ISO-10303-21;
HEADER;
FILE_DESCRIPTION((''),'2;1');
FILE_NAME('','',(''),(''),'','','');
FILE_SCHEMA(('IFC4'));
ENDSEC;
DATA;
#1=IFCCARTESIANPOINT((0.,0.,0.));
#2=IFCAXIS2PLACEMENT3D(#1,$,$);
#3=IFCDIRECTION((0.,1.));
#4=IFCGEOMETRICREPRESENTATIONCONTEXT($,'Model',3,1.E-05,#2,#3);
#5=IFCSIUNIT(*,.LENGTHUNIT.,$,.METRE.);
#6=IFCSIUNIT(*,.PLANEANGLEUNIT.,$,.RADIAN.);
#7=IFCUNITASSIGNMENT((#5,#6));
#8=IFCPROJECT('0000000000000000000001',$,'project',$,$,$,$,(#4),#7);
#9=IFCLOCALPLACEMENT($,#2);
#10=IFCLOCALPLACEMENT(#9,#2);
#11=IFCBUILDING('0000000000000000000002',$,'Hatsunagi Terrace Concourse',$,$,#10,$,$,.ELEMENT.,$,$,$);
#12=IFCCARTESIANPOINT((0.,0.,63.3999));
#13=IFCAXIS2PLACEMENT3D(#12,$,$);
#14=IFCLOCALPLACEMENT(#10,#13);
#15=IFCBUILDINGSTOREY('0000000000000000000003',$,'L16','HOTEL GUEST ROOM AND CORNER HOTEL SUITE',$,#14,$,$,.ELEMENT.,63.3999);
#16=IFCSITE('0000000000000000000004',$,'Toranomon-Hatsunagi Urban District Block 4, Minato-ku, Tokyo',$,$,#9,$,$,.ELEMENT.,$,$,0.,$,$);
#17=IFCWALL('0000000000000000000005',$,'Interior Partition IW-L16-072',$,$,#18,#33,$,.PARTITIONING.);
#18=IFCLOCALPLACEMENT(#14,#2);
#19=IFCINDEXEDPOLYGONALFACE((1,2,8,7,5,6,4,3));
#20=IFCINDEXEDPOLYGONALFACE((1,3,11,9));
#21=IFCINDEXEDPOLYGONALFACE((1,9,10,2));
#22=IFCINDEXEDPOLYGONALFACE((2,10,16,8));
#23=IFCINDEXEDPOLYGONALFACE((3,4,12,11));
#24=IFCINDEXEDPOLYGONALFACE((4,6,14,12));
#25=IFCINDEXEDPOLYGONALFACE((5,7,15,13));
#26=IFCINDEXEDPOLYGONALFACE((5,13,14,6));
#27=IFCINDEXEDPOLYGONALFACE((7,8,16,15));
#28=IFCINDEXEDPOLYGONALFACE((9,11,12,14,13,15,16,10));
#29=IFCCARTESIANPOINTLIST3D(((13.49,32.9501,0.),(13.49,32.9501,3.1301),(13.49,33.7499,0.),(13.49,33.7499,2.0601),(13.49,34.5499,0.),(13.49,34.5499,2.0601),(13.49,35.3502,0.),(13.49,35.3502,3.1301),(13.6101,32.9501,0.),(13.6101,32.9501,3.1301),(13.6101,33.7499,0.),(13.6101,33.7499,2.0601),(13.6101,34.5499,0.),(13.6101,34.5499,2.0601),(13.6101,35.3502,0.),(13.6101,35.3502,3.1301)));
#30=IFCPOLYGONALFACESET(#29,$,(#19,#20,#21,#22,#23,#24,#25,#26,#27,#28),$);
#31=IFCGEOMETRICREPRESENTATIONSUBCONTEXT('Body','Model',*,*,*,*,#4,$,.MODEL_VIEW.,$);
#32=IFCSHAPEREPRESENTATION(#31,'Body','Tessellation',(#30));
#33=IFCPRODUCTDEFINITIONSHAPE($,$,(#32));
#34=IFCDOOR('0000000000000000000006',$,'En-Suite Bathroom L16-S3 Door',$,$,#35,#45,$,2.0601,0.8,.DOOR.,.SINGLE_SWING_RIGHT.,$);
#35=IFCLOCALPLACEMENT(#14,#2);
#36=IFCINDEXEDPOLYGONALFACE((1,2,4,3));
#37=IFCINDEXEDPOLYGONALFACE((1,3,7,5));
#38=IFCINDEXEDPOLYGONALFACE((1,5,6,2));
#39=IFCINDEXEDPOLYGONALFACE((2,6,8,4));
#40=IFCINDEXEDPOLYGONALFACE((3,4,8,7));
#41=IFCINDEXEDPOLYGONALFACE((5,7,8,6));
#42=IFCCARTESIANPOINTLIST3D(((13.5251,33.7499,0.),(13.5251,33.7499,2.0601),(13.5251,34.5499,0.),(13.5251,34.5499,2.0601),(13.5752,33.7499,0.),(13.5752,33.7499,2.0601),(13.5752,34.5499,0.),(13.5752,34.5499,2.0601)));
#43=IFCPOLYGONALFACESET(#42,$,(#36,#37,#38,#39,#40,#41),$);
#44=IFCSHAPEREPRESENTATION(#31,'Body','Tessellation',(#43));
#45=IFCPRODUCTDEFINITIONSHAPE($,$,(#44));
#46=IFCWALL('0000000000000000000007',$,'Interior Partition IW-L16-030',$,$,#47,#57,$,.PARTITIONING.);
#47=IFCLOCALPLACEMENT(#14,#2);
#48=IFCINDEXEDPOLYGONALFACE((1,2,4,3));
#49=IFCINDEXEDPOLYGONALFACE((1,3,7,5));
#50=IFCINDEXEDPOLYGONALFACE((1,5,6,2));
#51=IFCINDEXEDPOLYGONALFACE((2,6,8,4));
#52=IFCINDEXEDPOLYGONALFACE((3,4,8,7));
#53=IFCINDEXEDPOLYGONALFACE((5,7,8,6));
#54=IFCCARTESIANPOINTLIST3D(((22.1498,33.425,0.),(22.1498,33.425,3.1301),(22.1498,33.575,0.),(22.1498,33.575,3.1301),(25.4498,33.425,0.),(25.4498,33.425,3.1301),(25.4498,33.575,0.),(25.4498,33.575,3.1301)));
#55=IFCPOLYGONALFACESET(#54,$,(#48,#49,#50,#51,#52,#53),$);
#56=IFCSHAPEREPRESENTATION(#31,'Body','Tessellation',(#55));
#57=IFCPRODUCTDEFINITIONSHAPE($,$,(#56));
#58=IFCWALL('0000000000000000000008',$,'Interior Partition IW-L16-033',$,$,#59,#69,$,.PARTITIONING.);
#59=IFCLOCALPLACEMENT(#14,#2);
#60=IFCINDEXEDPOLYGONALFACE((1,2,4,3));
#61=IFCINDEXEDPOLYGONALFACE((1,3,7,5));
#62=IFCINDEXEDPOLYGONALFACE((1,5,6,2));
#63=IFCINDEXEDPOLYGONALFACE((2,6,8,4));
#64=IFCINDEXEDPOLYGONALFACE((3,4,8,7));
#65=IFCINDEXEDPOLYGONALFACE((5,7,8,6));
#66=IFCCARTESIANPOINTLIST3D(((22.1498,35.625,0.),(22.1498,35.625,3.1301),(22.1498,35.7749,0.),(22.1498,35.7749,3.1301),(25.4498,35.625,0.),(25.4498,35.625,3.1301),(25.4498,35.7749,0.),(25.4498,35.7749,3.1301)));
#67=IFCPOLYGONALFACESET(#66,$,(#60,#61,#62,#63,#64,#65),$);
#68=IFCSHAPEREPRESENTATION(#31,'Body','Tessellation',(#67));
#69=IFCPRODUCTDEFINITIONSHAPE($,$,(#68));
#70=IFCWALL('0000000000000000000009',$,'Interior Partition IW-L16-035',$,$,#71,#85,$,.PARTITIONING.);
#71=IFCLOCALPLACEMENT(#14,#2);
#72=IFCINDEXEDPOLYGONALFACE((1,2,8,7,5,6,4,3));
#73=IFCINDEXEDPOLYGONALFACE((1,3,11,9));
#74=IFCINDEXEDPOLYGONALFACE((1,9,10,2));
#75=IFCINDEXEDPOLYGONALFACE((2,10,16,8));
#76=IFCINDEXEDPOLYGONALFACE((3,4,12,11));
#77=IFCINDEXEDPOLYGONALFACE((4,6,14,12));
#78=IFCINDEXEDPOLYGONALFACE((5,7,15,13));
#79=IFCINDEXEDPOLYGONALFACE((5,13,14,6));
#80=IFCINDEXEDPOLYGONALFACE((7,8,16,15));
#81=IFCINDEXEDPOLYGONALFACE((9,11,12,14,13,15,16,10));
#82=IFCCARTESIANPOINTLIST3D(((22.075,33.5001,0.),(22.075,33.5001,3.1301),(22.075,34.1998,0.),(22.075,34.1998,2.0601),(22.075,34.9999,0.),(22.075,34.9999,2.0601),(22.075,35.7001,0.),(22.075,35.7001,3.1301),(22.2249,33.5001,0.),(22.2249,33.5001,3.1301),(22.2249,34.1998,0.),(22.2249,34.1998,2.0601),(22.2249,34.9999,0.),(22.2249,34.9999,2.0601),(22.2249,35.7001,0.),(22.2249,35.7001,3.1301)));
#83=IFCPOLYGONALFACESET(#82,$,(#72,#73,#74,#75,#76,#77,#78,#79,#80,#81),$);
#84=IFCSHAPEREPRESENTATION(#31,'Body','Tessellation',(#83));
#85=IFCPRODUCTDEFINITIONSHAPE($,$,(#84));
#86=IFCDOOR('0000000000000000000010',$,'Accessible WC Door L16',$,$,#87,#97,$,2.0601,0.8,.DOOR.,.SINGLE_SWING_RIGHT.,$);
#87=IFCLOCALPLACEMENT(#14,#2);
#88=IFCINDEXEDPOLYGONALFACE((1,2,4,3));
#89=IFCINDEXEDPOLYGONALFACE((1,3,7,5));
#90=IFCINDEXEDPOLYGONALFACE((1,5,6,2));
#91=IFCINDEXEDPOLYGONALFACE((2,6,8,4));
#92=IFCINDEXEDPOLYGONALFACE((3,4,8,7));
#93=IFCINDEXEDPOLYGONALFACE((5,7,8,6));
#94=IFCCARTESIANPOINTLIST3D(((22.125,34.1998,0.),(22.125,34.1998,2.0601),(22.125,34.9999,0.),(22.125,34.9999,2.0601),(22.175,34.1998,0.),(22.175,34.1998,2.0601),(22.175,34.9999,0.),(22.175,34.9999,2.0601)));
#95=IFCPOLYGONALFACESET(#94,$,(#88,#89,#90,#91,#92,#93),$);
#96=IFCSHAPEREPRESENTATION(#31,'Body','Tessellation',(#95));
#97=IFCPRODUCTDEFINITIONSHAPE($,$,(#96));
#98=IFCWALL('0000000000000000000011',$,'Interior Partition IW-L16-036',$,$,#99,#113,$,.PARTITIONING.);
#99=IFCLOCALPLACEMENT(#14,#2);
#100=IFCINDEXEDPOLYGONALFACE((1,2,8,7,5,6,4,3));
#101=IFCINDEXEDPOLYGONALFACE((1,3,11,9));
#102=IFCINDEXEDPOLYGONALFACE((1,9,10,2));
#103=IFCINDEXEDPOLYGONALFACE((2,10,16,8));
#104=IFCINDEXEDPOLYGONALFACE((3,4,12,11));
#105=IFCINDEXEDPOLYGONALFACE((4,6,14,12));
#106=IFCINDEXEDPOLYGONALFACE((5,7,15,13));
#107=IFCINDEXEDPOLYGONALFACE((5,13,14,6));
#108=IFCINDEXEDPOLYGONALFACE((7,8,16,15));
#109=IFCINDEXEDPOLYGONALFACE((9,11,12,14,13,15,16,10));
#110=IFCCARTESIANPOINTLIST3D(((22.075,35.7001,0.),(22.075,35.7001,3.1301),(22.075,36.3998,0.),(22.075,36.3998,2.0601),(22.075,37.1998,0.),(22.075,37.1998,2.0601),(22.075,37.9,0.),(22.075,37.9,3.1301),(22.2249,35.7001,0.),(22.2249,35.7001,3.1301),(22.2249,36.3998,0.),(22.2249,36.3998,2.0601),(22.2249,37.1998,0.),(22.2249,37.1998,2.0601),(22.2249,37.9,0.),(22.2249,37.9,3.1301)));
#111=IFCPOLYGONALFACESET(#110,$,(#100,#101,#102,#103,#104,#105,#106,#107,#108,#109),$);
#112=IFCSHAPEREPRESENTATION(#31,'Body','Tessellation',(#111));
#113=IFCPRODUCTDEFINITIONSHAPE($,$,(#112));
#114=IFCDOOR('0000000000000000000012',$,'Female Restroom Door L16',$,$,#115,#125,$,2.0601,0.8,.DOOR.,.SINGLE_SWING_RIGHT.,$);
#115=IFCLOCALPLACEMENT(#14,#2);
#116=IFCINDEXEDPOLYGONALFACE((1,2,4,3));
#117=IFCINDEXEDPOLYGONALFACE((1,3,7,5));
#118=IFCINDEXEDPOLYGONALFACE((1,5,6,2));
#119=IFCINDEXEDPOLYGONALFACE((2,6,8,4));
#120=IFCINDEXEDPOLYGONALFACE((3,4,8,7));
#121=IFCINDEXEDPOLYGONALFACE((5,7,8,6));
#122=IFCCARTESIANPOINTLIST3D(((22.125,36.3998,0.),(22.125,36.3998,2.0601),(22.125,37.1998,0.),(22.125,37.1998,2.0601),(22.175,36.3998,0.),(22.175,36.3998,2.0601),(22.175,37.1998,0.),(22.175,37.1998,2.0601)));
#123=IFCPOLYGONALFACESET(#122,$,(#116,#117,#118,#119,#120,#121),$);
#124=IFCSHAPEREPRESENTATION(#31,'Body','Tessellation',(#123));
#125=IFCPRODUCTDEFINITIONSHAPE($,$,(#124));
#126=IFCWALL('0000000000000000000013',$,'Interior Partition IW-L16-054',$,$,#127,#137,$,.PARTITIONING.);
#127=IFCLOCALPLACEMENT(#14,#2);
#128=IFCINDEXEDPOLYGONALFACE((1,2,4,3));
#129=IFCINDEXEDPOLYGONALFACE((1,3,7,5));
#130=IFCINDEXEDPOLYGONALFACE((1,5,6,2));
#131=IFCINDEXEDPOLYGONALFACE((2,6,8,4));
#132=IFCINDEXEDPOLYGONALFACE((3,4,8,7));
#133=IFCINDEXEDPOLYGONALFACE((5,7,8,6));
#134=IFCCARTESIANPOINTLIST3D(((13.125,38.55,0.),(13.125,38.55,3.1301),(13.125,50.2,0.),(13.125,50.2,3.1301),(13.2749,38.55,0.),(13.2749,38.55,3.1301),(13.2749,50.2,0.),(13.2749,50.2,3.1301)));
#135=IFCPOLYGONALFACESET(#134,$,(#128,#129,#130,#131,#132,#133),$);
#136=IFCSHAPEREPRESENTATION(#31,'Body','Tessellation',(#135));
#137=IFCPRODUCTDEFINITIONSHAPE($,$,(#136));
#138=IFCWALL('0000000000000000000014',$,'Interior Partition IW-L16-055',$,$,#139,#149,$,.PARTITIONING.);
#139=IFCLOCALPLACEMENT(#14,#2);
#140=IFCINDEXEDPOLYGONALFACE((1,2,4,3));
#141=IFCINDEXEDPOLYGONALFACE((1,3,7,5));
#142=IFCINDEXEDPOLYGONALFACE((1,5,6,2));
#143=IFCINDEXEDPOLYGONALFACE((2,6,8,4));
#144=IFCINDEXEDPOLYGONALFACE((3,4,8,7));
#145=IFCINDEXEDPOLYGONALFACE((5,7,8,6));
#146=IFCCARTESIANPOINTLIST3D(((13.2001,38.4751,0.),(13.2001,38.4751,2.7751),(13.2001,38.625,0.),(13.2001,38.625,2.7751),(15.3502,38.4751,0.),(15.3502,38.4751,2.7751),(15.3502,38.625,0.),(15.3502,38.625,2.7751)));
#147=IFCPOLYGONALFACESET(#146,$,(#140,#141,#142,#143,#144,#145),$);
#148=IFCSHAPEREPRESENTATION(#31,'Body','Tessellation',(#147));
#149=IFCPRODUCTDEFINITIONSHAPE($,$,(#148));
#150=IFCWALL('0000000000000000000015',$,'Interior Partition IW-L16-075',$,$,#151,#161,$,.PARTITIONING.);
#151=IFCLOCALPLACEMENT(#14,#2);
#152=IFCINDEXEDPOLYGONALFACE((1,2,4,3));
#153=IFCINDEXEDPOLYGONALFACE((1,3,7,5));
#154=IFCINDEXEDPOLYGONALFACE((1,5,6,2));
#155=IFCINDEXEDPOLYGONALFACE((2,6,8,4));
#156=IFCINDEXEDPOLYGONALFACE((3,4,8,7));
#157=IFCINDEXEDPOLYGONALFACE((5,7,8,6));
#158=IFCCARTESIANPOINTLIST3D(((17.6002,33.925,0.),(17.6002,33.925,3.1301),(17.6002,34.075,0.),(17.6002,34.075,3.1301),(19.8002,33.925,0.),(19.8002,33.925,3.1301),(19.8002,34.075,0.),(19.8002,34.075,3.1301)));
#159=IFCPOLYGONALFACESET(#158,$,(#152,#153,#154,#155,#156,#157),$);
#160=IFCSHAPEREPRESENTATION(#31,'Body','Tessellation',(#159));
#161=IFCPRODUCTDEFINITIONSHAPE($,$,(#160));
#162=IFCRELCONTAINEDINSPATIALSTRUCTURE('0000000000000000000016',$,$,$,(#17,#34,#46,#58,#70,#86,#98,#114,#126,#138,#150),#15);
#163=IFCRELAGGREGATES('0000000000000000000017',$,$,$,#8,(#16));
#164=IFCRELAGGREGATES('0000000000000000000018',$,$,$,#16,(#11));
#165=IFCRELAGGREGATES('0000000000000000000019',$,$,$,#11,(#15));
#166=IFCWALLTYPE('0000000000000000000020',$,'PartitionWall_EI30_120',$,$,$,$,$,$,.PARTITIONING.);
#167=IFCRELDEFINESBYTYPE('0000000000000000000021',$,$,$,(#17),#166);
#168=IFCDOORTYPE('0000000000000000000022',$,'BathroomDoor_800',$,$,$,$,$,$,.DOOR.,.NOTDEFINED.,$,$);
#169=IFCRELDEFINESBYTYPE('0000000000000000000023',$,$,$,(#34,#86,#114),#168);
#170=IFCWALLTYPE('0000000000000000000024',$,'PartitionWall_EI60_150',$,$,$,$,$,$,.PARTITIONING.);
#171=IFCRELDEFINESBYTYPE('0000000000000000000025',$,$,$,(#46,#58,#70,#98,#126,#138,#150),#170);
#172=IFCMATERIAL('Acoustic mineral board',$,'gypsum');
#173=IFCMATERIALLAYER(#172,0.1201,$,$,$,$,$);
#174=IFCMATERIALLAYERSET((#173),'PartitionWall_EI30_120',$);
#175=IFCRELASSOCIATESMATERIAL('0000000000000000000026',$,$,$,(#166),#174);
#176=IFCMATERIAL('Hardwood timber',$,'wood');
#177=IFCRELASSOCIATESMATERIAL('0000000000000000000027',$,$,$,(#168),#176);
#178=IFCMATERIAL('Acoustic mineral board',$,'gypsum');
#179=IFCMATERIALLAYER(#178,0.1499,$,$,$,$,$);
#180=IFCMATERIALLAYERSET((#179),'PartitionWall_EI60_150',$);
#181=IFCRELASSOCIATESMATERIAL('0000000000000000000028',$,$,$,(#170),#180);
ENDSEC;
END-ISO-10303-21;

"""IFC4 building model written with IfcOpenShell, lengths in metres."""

from ifc_helpers import new_model, si_unit, direction, frame, frame_2d, origin, place, context, subcontext, project, spatial, rectangle, extrude, material, layer, layer_set, type_object, element, fill, save


model = new_model("IFC4")

# Units and contexts
model_context = context("Model", 3, precision=1e-05, world=origin(), true_north=direction((0.0, 1.0)))
body_context = subcontext(model_context, "Body", "Model", "MODEL_VIEW")
ifc_project = project(units=[si_unit("LENGTHUNIT", "METRE"), si_unit("PLANEANGLEUNIT", "RADIAN")], contexts=[model_context])

# Site, building, storey
site_placement = place(None, origin())
site = spatial("IfcSite", under=ifc_project, at=site_placement, Name="Toranomon-Hatsunagi Urban District Block 4, Minato-ku, Tokyo", CompositionType="ELEMENT", RefElevation=0.0)
building_placement = place(site_placement, origin())
building = spatial("IfcBuilding", under=site, at=building_placement, Name="Hatsunagi Terrace Concourse", CompositionType="ELEMENT")
storey_placement = place(building_placement, frame((0.0, 0.0, 63.3999)))
storey = spatial("IfcBuildingStorey", under=building, at=storey_placement, Name="L16", Description="HOTEL GUEST ROOM AND CORNER HOTEL SUITE", CompositionType="ELEMENT", Elevation=63.3999)

# Wall, opening, door
ifc_material_1 = material(Name="Acoustic mineral board", Category="gypsum")
ifc_layer_1 = layer(ifc_material_1, 0.1201)
ifc_layer_set_1 = layer_set([ifc_layer_1], Name="PartitionWall_EI30_120")
wall_type_1 = type_object("IfcWallType", Name="PartitionWall_EI30_120", PredefinedType="PARTITIONING", material=ifc_layer_set_1)
wall_1_placement = place(storey_placement, frame((13.55, 32.95, 0.0), z_axis=(0.0, 0.0, 1.0), x_axis=(0.0, 1.0, 0.0)))
wall_1 = element("IfcWall", 1, at=wall_1_placement, inside=storey, type_object=wall_type_1, Name="Interior Partition IW-L16-072", PredefinedType="PARTITIONING", context=body_context, shape_type="SweptSolid", body=[
    extrude(rectangle(XDim=2.4001, YDim=0.1201, at=frame_2d((1.2002, 0.0))), origin(), (0.0, 0.0, 1.0), 3.1301),
])
opening_1_placement = place(wall_1_placement, frame((0.8, 0.0, 0.0)))
opening_1 = element("IfcOpeningElement", 2, at=opening_1_placement, cuts=wall_1, PredefinedType="OPENING", context=body_context, shape_type="SweptSolid", body=[
    extrude(rectangle(XDim=0.8, YDim=2.0601, at=frame_2d((0.3999, 1.03))), frame((0.0, 0.0701, 0.0), z_axis=(0.0, -1.0, 0.0), x_axis=(1.0, 0.0, 0.0)), (0.0, 0.0, 1.0), 0.1401),
])
ifc_material_2 = material(Name="Hardwood timber", Category="wood")
door_type_1 = type_object("IfcDoorType", Name="BathroomDoor_800", OperationType="NOTDEFINED", PredefinedType="DOOR", material=ifc_material_2)
door_1_placement = place(opening_1_placement, origin())
door_1 = element("IfcDoor", 3, at=door_1_placement, inside=storey, type_object=door_type_1, Name="En-Suite Bathroom L16-S3 Door", OperationType="SINGLE_SWING_RIGHT", OverallHeight=2.0601, OverallWidth=0.8, PredefinedType="DOOR", context=body_context, shape_type="SweptSolid", body=[
    extrude(rectangle(XDim=0.8, YDim=2.0601, at=frame_2d((0.3999, 1.03))), frame((0.0, 0.0249, 0.0), z_axis=(0.0, -1.0, 0.0), x_axis=(1.0, 0.0, 0.0)), (0.0, 0.0, 1.0), 0.05),
])
fill(opening_1, door_1)

# Walls
ifc_material_3 = material(Name="Acoustic mineral board", Category="gypsum")
ifc_layer_2 = layer(ifc_material_3, 0.1499)
ifc_layer_set_2 = layer_set([ifc_layer_2], Name="PartitionWall_EI60_150")
wall_type_2 = type_object("IfcWallType", Name="PartitionWall_EI60_150", PredefinedType="PARTITIONING", material=ifc_layer_set_2)
for number, where, z_axis, x_axis, name in (
    (4, (22.1499, 33.5, 0.0), (0.0, 0.0, 1.0), (1.0, 0.0, 0.0), "Interior Partition IW-L16-030"),
    (5, (22.1499, 35.7, 0.0), (0.0, 0.0, 1.0), (1.0, 0.0, 0.0), "Interior Partition IW-L16-033"),
):
    element("IfcWall", number, at=place(storey_placement, frame(where, z_axis=z_axis, x_axis=x_axis)), inside=storey, type_object=wall_type_2, Name=name, PredefinedType="PARTITIONING", context=body_context, shape_type="SweptSolid", body=[
        extrude(rectangle(XDim=3.3, YDim=0.1499, at=frame_2d((1.6499, 0.0))), origin(), (0.0, 0.0, 1.0), 3.1301),
    ])

# Walls, openings, doors
wall_2_placement = place(storey_placement, frame((22.1499, 33.5, 0.0), z_axis=(0.0, 0.0, 1.0), x_axis=(0.0, 1.0, 0.0)))
wall_2 = element("IfcWall", 6, at=wall_2_placement, inside=storey, type_object=wall_type_2, Name="Interior Partition IW-L16-035", PredefinedType="PARTITIONING", context=body_context, shape_type="SweptSolid", body=[
    extrude(rectangle(XDim=2.2, YDim=0.1499, at=frame_2d((1.1001, 0.0))), origin(), (0.0, 0.0, 1.0), 3.1301),
])
opening_2_placement = place(wall_2_placement, frame((0.7, 0.0, 0.0)))
opening_2 = element("IfcOpeningElement", 7, at=opening_2_placement, cuts=wall_2, PredefinedType="OPENING", context=body_context, shape_type="SweptSolid", body=[
    extrude(rectangle(XDim=0.8, YDim=2.0601, at=frame_2d((0.3999, 1.03))), frame((0.0, 0.085, 0.0), z_axis=(0.0, -1.0, 0.0), x_axis=(1.0, 0.0, 0.0)), (0.0, 0.0, 1.0), 0.1699),
])
door_2_placement = place(opening_2_placement, origin())
door_2 = element("IfcDoor", 8, at=door_2_placement, inside=storey, type_object=door_type_1, Name="Accessible WC Door L16", OperationType="SINGLE_SWING_RIGHT", OverallHeight=2.0601, OverallWidth=0.8, PredefinedType="DOOR", context=body_context, shape_type="SweptSolid", body=[
    extrude(rectangle(XDim=0.8, YDim=2.0601, at=frame_2d((0.3999, 1.03))), frame((0.0, 0.0249, 0.0), z_axis=(0.0, -1.0, 0.0), x_axis=(1.0, 0.0, 0.0)), (0.0, 0.0, 1.0), 0.05),
])
fill(opening_2, door_2)
wall_3_placement = place(storey_placement, frame((22.1499, 35.7, 0.0), z_axis=(0.0, 0.0, 1.0), x_axis=(0.0, 1.0, 0.0)))
wall_3 = element("IfcWall", 9, at=wall_3_placement, inside=storey, type_object=wall_type_2, Name="Interior Partition IW-L16-036", PredefinedType="PARTITIONING", context=body_context, shape_type="SweptSolid", body=[
    extrude(rectangle(XDim=2.2, YDim=0.1499, at=frame_2d((1.1001, 0.0))), origin(), (0.0, 0.0, 1.0), 3.1301),
])
opening_3_placement = place(wall_3_placement, frame((0.7, 0.0, 0.0)))
opening_3 = element("IfcOpeningElement", 10, at=opening_3_placement, cuts=wall_3, PredefinedType="OPENING", context=body_context, shape_type="SweptSolid", body=[
    extrude(rectangle(XDim=0.8, YDim=2.0601, at=frame_2d((0.3999, 1.03))), frame((0.0, 0.085, 0.0), z_axis=(0.0, -1.0, 0.0), x_axis=(1.0, 0.0, 0.0)), (0.0, 0.0, 1.0), 0.1699),
])
door_3_placement = place(opening_3_placement, origin())
door_3 = element("IfcDoor", 11, at=door_3_placement, inside=storey, type_object=door_type_1, Name="Female Restroom Door L16", OperationType="SINGLE_SWING_RIGHT", OverallHeight=2.0601, OverallWidth=0.8, PredefinedType="DOOR", context=body_context, shape_type="SweptSolid", body=[
    extrude(rectangle(XDim=0.8, YDim=2.0601, at=frame_2d((0.3999, 1.03))), frame((0.0, 0.0249, 0.0), z_axis=(0.0, -1.0, 0.0), x_axis=(1.0, 0.0, 0.0)), (0.0, 0.0, 1.0), 0.05),
])
fill(opening_3, door_3)

# Walls
wall_4_placement = place(storey_placement, frame((13.2, 38.55, 0.0), z_axis=(0.0, 0.0, 1.0), x_axis=(0.0, 1.0, 0.0)))
element("IfcWall", 12, at=wall_4_placement, inside=storey, type_object=wall_type_2, Name="Interior Partition IW-L16-054", PredefinedType="PARTITIONING", context=body_context, shape_type="SweptSolid", body=[
    extrude(rectangle(XDim=11.6499, YDim=0.1499, at=frame_2d((5.825, 0.0))), origin(), (0.0, 0.0, 1.0), 3.1301),
])
wall_5_placement = place(storey_placement, frame((13.2, 38.55, 0.0), z_axis=(0.0, 0.0, 1.0), x_axis=(1.0, 0.0, 0.0)))
element("IfcWall", 13, at=wall_5_placement, inside=storey, type_object=wall_type_2, Name="Interior Partition IW-L16-055", PredefinedType="PARTITIONING", context=body_context, shape_type="SweptSolid", body=[
    extrude(rectangle(XDim=2.1501, YDim=0.1499, at=frame_2d((1.0752, 0.0))), origin(), (0.0, 0.0, 1.0), 2.7751),
])

# Wall
wall_6_placement = place(storey_placement, frame((17.6001, 34.0, 0.0), z_axis=(0.0, 0.0, 1.0), x_axis=(1.0, 0.0, 0.0)))
element("IfcWall", 14, at=wall_6_placement, inside=storey, type_object=wall_type_2, Name="Interior Partition IW-L16-075", PredefinedType="PARTITIONING", context=body_context, shape_type="SweptSolid", body=[
    extrude(rectangle(XDim=2.2, YDim=0.1499, at=frame_2d((1.1001, 0.0))), origin(), (0.0, 0.0, 1.0), 3.1301),
])

save(model, "model.ifc")
